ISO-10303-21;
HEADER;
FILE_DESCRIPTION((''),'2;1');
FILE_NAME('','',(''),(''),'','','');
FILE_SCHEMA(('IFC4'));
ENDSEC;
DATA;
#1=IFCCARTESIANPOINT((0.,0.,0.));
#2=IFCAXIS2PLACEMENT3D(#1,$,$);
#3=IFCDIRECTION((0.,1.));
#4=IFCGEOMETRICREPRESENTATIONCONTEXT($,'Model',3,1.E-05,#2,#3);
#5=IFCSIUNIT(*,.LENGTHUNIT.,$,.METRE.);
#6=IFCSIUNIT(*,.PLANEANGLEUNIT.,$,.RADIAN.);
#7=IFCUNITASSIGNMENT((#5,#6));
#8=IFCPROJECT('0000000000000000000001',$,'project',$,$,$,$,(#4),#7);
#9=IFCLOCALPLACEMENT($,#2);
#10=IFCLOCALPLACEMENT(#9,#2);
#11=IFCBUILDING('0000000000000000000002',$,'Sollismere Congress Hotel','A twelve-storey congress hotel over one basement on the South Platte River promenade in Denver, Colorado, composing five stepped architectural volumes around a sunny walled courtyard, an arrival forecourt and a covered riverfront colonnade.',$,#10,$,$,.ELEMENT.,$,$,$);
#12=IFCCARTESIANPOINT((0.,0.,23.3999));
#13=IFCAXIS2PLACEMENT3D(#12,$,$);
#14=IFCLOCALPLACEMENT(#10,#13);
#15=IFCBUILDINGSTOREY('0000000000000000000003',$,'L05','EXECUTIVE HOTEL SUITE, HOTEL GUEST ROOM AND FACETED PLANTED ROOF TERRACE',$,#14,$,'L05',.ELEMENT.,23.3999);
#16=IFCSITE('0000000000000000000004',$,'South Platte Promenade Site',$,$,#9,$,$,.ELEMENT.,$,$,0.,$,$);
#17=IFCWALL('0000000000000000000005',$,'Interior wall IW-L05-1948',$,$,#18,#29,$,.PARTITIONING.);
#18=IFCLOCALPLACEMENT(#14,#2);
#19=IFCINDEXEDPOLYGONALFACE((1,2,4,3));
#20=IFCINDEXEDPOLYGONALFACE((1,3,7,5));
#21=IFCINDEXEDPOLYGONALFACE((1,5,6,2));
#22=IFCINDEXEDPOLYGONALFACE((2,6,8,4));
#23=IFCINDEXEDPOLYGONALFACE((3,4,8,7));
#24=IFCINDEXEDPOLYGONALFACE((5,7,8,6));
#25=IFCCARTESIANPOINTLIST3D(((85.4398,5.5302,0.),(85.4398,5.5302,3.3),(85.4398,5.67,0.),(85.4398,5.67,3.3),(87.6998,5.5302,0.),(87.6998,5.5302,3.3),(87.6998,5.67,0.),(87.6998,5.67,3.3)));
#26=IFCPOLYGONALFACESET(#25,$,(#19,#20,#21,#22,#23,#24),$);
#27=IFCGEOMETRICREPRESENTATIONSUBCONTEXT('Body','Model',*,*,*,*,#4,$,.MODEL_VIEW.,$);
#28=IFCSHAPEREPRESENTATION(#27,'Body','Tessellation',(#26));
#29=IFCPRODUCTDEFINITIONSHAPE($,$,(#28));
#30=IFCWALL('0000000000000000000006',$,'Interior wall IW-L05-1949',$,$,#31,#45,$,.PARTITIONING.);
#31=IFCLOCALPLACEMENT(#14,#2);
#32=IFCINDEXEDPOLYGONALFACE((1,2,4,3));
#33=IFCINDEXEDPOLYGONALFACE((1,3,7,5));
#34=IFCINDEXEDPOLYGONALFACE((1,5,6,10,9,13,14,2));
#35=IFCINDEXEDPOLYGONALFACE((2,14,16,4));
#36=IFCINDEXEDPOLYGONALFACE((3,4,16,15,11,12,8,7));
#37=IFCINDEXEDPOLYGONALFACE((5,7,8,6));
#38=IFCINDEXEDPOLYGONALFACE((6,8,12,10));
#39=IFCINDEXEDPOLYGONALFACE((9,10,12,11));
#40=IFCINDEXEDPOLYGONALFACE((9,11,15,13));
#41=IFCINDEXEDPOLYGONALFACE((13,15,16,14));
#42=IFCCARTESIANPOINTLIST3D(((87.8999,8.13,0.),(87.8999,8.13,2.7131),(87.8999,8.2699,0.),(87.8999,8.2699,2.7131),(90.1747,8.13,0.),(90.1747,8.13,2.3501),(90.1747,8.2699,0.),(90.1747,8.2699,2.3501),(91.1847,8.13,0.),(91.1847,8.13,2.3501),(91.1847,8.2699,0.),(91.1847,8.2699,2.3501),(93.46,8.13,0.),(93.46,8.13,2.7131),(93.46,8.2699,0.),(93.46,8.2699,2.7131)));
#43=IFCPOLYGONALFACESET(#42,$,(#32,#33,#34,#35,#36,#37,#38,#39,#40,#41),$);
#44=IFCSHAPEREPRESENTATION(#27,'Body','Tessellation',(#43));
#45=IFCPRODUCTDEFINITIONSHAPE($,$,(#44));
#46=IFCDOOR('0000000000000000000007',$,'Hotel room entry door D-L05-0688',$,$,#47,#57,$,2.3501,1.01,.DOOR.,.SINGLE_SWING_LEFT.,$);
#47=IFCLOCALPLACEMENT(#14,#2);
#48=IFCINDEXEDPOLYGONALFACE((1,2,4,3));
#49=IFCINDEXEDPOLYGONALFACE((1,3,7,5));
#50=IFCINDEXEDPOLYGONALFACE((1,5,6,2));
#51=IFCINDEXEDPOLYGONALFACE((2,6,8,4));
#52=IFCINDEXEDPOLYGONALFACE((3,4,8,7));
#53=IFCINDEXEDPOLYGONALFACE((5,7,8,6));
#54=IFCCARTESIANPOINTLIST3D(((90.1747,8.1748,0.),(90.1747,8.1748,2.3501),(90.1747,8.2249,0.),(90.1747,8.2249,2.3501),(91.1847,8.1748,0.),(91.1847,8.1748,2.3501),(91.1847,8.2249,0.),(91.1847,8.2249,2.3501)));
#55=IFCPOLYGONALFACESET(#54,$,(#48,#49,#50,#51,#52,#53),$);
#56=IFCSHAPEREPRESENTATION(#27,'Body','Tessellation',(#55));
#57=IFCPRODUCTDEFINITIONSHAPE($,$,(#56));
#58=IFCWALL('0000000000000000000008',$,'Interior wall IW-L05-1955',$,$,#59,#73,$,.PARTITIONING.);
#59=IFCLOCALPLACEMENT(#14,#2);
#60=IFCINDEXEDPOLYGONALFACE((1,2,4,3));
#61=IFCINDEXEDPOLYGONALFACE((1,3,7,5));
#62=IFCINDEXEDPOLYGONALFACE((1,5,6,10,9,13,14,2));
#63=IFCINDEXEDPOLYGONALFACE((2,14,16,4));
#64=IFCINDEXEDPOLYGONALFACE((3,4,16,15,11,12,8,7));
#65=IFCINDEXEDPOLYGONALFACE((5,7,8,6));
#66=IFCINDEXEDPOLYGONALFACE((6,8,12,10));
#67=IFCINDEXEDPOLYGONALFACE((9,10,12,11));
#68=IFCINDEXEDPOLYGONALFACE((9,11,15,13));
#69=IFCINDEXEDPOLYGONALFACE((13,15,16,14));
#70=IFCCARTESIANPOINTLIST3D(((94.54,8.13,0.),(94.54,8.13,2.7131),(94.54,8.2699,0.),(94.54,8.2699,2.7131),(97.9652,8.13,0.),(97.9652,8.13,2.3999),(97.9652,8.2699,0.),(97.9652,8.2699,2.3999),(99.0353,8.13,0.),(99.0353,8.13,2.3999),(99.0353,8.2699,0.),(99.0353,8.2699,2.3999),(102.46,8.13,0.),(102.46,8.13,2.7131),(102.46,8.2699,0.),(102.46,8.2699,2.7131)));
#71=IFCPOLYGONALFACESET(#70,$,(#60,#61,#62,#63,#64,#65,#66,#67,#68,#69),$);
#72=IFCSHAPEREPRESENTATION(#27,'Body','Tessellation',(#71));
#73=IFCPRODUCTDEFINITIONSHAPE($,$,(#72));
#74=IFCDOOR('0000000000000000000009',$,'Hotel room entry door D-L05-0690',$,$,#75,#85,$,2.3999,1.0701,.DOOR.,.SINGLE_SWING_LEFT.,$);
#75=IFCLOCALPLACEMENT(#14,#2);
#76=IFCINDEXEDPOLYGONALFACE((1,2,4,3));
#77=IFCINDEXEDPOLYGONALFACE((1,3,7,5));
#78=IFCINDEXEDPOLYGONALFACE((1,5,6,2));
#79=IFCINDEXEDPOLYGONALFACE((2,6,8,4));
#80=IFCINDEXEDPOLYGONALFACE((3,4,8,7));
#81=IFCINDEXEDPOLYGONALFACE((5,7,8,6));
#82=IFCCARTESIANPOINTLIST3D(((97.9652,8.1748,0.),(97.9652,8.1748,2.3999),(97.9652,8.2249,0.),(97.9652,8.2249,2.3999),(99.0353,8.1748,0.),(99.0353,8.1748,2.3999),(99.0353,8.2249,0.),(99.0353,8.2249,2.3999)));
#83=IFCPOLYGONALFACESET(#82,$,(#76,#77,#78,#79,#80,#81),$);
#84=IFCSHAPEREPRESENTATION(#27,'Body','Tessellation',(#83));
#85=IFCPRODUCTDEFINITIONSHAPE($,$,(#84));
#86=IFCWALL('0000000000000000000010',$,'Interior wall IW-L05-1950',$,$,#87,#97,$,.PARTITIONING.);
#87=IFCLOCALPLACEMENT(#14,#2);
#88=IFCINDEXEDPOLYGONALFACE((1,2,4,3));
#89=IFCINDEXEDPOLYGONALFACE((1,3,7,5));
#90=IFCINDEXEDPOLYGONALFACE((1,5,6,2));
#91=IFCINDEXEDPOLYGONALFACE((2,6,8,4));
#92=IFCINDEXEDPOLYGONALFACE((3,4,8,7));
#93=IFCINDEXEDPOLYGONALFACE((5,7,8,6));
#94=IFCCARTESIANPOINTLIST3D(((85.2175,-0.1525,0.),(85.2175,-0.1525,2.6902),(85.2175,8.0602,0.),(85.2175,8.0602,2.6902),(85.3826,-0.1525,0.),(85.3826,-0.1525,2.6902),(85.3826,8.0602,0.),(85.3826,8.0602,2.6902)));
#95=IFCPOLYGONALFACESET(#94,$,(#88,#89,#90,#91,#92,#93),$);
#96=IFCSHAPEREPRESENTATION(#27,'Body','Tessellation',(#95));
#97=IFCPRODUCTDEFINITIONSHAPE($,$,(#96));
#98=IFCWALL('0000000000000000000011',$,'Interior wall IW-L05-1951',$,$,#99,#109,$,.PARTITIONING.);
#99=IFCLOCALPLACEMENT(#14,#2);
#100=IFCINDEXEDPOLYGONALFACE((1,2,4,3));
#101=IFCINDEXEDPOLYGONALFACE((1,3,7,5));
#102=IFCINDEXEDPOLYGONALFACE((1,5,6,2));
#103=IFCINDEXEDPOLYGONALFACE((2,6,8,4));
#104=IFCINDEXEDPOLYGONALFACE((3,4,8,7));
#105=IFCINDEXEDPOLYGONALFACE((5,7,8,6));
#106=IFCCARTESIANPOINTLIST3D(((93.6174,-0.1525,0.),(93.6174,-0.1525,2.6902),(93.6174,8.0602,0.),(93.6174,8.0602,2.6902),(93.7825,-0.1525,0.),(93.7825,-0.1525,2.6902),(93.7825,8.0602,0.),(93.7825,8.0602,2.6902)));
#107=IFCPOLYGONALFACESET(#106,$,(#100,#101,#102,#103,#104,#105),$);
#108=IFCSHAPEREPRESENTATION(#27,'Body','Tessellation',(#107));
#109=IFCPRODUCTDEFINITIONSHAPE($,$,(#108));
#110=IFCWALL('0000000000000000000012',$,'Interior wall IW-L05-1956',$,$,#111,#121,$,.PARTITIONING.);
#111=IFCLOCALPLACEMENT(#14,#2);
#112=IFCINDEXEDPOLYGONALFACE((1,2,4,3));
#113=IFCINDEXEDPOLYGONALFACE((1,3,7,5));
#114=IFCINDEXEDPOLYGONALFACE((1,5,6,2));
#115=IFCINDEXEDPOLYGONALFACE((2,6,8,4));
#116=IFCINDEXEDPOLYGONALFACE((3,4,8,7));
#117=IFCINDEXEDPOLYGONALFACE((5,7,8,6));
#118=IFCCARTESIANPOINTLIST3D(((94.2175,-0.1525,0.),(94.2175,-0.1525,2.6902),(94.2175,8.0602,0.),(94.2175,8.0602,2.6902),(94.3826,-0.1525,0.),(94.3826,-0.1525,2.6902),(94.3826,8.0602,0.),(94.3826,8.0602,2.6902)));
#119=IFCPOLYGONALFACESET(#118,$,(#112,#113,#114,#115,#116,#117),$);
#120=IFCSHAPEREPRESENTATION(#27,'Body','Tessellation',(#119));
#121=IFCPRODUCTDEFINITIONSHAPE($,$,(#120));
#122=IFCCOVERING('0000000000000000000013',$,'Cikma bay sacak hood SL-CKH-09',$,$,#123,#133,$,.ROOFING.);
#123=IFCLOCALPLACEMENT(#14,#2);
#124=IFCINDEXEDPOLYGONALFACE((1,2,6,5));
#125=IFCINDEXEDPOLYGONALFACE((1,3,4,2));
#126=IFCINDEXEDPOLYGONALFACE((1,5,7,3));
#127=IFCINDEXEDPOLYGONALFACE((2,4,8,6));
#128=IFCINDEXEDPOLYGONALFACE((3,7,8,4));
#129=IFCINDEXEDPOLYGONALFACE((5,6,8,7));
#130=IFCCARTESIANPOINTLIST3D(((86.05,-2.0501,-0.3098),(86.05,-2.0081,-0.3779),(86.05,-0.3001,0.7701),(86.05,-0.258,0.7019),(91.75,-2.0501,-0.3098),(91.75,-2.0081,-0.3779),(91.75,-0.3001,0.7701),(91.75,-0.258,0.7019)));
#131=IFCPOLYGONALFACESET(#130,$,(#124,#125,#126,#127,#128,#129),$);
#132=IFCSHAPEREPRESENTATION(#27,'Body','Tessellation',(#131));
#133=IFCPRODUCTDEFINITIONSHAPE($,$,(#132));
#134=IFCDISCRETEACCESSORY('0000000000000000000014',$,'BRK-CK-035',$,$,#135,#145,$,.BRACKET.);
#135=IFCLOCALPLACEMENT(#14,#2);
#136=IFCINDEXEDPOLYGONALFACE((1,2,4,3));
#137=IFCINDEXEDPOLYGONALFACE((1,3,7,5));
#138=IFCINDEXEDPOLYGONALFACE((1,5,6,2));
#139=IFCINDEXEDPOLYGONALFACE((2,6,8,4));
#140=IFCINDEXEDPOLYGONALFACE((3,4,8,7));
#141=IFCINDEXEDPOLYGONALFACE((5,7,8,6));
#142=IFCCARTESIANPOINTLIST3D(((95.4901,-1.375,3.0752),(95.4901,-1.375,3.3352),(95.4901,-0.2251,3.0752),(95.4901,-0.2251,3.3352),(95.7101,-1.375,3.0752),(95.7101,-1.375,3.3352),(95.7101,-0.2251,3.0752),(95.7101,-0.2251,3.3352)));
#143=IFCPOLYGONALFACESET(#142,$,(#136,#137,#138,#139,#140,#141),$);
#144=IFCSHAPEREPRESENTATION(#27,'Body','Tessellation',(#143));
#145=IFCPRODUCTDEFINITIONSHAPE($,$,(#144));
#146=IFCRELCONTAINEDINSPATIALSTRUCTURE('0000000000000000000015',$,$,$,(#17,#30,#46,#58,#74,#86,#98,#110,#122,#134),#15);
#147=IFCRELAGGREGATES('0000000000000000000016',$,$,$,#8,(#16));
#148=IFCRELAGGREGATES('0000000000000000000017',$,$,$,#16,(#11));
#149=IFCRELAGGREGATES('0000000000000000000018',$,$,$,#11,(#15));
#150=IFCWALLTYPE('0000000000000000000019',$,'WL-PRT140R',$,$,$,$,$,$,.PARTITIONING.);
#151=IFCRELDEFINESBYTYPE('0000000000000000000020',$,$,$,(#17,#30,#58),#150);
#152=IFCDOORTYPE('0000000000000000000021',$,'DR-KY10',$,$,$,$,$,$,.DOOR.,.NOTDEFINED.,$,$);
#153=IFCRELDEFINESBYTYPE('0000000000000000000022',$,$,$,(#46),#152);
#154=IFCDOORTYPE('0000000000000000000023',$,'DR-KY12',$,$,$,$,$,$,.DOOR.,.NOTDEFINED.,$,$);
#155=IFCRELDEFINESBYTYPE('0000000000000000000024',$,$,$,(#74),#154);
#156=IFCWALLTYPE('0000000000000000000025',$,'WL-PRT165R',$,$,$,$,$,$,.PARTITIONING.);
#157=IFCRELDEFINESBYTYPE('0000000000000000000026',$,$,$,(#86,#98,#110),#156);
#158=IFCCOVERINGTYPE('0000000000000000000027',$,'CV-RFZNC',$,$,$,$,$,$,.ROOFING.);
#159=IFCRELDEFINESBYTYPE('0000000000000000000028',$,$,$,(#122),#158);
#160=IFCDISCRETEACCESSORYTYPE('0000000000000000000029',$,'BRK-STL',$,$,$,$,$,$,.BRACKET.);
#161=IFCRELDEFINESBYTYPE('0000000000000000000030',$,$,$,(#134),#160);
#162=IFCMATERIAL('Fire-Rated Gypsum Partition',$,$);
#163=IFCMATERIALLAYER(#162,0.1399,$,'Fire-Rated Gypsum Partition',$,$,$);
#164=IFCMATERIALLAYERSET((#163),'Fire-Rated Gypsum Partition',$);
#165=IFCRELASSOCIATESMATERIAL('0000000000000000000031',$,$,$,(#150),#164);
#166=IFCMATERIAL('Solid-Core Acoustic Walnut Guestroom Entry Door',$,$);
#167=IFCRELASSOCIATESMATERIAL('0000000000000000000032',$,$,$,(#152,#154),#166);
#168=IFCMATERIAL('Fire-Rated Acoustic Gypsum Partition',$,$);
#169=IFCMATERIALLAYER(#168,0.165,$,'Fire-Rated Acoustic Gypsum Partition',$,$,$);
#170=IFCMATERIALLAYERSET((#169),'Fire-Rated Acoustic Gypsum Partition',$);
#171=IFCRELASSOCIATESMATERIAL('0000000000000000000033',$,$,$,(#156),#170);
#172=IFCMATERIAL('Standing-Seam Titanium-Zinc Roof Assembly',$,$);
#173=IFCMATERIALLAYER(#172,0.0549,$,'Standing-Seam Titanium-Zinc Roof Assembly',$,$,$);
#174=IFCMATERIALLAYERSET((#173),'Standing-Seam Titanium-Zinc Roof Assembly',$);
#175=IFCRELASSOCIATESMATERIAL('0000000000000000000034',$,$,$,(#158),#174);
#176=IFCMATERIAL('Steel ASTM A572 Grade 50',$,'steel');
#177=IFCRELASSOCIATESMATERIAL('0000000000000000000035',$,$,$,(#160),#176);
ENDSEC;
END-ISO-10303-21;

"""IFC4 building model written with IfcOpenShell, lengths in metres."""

from ifc_helpers import new_model, si_unit, direction, frame, frame_2d, origin, origin_2d, place, context, subcontext, project, spatial, polyline, rectangle, outline, extrude, material, layer, layer_set, type_object, element, fill, save


model = new_model("IFC4")

# Units and contexts
model_context = context("Model", 3, precision=1e-05, world=origin(), true_north=direction((0.0, 1.0)))
body_context = subcontext(model_context, "Body", "Model", "MODEL_VIEW")
ifc_project = project(units=[si_unit("LENGTHUNIT", "METRE"), si_unit("PLANEANGLEUNIT", "RADIAN")], contexts=[model_context])

# Site, building, storey
site_placement = place(None, origin())
site = spatial("IfcSite", under=ifc_project, at=site_placement, Name="South Platte Promenade Site", CompositionType="ELEMENT", RefElevation=0.0)
building_placement = place(site_placement, origin())
building = spatial("IfcBuilding", under=site, at=building_placement, Name="Sollismere Congress Hotel", Description="A twelve-storey congress hotel over one basement on the South Platte River promenade in Denver, Colorado, composing five stepped architectural volumes around a sunny walled courtyard, an arrival forecourt and a covered riverfront colonnade.", CompositionType="ELEMENT")
storey_placement = place(building_placement, frame((0.0, 0.0, 23.3999)))
storey = spatial("IfcBuildingStorey", under=building, at=storey_placement, Name="L05", Description="EXECUTIVE HOTEL SUITE, HOTEL GUEST ROOM AND FACETED PLANTED ROOF TERRACE", LongName="L05", CompositionType="ELEMENT", Elevation=23.3999)

# Shared definitions
ifc_material_1 = material(Name="Fire-Rated Gypsum Partition")
ifc_layer_1 = layer(ifc_material_1, 0.1399, Name="Fire-Rated Gypsum Partition")
ifc_layer_set_1 = layer_set([ifc_layer_1], Name="Fire-Rated Gypsum Partition")
wall_type_1 = type_object("IfcWallType", Name="WL-PRT140R", PredefinedType="PARTITIONING", material=ifc_layer_set_1)

# Wall
wall_1_placement = place(storey_placement, frame((85.4399, 5.6001, 0.0), z_axis=(0.0, 0.0, 1.0), x_axis=(1.0, 0.0, 0.0)))
element("IfcWall", 1, at=wall_1_placement, inside=storey, type_object=wall_type_1, Name="Interior wall IW-L05-1948", PredefinedType="PARTITIONING", context=body_context, shape_type="SweptSolid", body=[
    extrude(rectangle(XDim=2.26, YDim=0.1399, at=frame_2d((1.1299, 0.0))), origin(), (0.0, 0.0, 1.0), 3.3),
])

# Walls, openings, doors
wall_2_placement = place(storey_placement, frame((87.8999, 8.2, 0.0), z_axis=(0.0, 0.0, 1.0), x_axis=(1.0, 0.0, 0.0)))
wall_2 = element("IfcWall", 2, at=wall_2_placement, inside=storey, type_object=wall_type_1, Name="Interior wall IW-L05-1949", PredefinedType="PARTITIONING", context=body_context, shape_type="SweptSolid", body=[
    extrude(rectangle(XDim=5.5601, YDim=0.1399, at=frame_2d((2.78, 0.0))), origin(), (0.0, 0.0, 1.0), 2.7131),
])
opening_1_placement = place(wall_2_placement, frame((2.2749, 0.0, 0.0)))
opening_1 = element("IfcOpeningElement", 3, at=opening_1_placement, cuts=wall_2, PredefinedType="OPENING", context=body_context, shape_type="SweptSolid", body=[
    extrude(rectangle(XDim=1.01, YDim=2.3501, at=frame_2d((0.5049, 1.175))), frame((0.0, 0.0798, 0.0), z_axis=(0.0, -1.0, 0.0), x_axis=(1.0, 0.0, 0.0)), (0.0, 0.0, 1.0), 0.1599),
])
ifc_material_2 = material(Name="Solid-Core Acoustic Walnut Guestroom Entry Door")
door_type_1 = type_object("IfcDoorType", Name="DR-KY10", OperationType="NOTDEFINED", PredefinedType="DOOR", material=ifc_material_2)
door_1_placement = place(opening_1_placement, origin())
door_1 = element("IfcDoor", 4, at=door_1_placement, inside=storey, type_object=door_type_1, Name="Hotel room entry door D-L05-0688", OperationType="SINGLE_SWING_LEFT", OverallHeight=2.3501, OverallWidth=1.01, PredefinedType="DOOR", context=body_context, shape_type="SweptSolid", body=[
    extrude(rectangle(XDim=1.01, YDim=2.3501, at=frame_2d((0.5049, 1.175))), frame((0.0, 0.0249, 0.0), z_axis=(0.0, -1.0, 0.0), x_axis=(1.0, 0.0, 0.0)), (0.0, 0.0, 1.0), 0.05),
])
fill(opening_1, door_1)
wall_3_placement = place(storey_placement, frame((94.54, 8.2, 0.0), z_axis=(0.0, 0.0, 1.0), x_axis=(1.0, 0.0, 0.0)))
wall_3 = element("IfcWall", 5, at=wall_3_placement, inside=storey, type_object=wall_type_1, Name="Interior wall IW-L05-1955", PredefinedType="PARTITIONING", context=body_context, shape_type="SweptSolid", body=[
    extrude(rectangle(XDim=7.9199, YDim=0.1399, at=frame_2d((3.96, 0.0))), origin(), (0.0, 0.0, 1.0), 2.7131),
])
opening_2_placement = place(wall_3_placement, frame((3.425, 0.0, 0.0)))
opening_2 = element("IfcOpeningElement", 6, at=opening_2_placement, cuts=wall_3, PredefinedType="OPENING", context=body_context, shape_type="SweptSolid", body=[
    extrude(rectangle(XDim=1.0701, YDim=2.3999, at=frame_2d((0.5352, 1.2))), frame((0.0, 0.0798, 0.0), z_axis=(0.0, -1.0, 0.0), x_axis=(1.0, 0.0, 0.0)), (0.0, 0.0, 1.0), 0.1599),
])
door_type_2 = type_object("IfcDoorType", Name="DR-KY12", OperationType="NOTDEFINED", PredefinedType="DOOR", material=ifc_material_2)
door_2_placement = place(opening_2_placement, origin())
door_2 = element("IfcDoor", 7, at=door_2_placement, inside=storey, type_object=door_type_2, Name="Hotel room entry door D-L05-0690", OperationType="SINGLE_SWING_LEFT", OverallHeight=2.3999, OverallWidth=1.0701, PredefinedType="DOOR", context=body_context, shape_type="SweptSolid", body=[
    extrude(rectangle(XDim=1.0701, YDim=2.3999, at=frame_2d((0.5352, 1.2))), frame((0.0, 0.0249, 0.0), z_axis=(0.0, -1.0, 0.0), x_axis=(1.0, 0.0, 0.0)), (0.0, 0.0, 1.0), 0.05),
])
fill(opening_2, door_2)

# Walls
ifc_material_3 = material(Name="Fire-Rated Acoustic Gypsum Partition")
ifc_layer_2 = layer(ifc_material_3, 0.165, Name="Fire-Rated Acoustic Gypsum Partition")
ifc_layer_set_2 = layer_set([ifc_layer_2], Name="Fire-Rated Acoustic Gypsum Partition")
wall_type_2 = type_object("IfcWallType", Name="WL-PRT165R", PredefinedType="PARTITIONING", material=ifc_layer_set_2)
for number, where, z_axis, x_axis, name in (
    (8, (85.3, -0.1526, 0.0), (0.0, 0.0, 1.0), (0.0, 1.0, 0.0), "Interior wall IW-L05-1950"),
    (9, (93.7, -0.1526, 0.0), (0.0, 0.0, 1.0), (0.0, 1.0, 0.0), "Interior wall IW-L05-1951"),
    (10, (94.3, -0.1526, 0.0), (0.0, 0.0, 1.0), (0.0, 1.0, 0.0), "Interior wall IW-L05-1956"),
):
    element("IfcWall", number, at=place(storey_placement, frame(where, z_axis=z_axis, x_axis=x_axis)), inside=storey, type_object=wall_type_2, Name=name, PredefinedType="PARTITIONING", context=body_context, shape_type="SweptSolid", body=[
        extrude(rectangle(XDim=8.2126, YDim=0.165, at=frame_2d((4.1064, 0.0))), origin(), (0.0, 0.0, 1.0), 2.6902),
    ])

# Covering
ifc_material_4 = material(Name="Standing-Seam Titanium-Zinc Roof Assembly")
ifc_layer_3 = layer(ifc_material_4, 0.0549, Name="Standing-Seam Titanium-Zinc Roof Assembly")
ifc_layer_set_3 = layer_set([ifc_layer_3], Name="Standing-Seam Titanium-Zinc Roof Assembly")
covering_type = type_object("IfcCoveringType", Name="CV-RFZNC", PredefinedType="ROOFING", material=ifc_layer_set_3)
covering_placement = place(storey_placement, frame((86.05, -2.0081, -0.3779), z_axis=(0.0, -0.525124, 0.851026), x_axis=(1.0, 0.0, 0.0)))
element("IfcCovering", 11, at=covering_placement, inside=storey, type_object=covering_type, Name="Cikma bay sacak hood SL-CKH-09", PredefinedType="ROOFING", context=body_context, shape_type="SweptSolid", body=[
    extrude(outline(polyline([(0.0, 0.0), (5.7, 0.0), (5.7, 2.0564), (0.0, 2.0564), (0.0, 0.0)])), origin(), (0.0, 0.0, 1.0), 0.0801),
])

# Discrete accessory
ifc_material_5 = material(Name="Steel ASTM A572 Grade 50", Category="steel")
discrete_accessory_type = type_object("IfcDiscreteAccessoryType", Name="BRK-STL", PredefinedType="BRACKET", material=ifc_material_5)
discrete_accessory_placement = place(storey_placement, frame((95.6001, -0.8, 3.0752), z_axis=(0.0, 0.0, 1.0), x_axis=(1.0, 0.0, 0.0)))
element("IfcDiscreteAccessory", 12, at=discrete_accessory_placement, inside=storey, type_object=discrete_accessory_type, Name="BRK-CK-035", PredefinedType="BRACKET", context=body_context, shape_type="SweptSolid", body=[
    extrude(rectangle(XDim=0.22, YDim=1.1499, at=origin_2d()), origin(), (0.0, 0.0, 1.0), 0.26),
])

save(model, "model.ifc")
